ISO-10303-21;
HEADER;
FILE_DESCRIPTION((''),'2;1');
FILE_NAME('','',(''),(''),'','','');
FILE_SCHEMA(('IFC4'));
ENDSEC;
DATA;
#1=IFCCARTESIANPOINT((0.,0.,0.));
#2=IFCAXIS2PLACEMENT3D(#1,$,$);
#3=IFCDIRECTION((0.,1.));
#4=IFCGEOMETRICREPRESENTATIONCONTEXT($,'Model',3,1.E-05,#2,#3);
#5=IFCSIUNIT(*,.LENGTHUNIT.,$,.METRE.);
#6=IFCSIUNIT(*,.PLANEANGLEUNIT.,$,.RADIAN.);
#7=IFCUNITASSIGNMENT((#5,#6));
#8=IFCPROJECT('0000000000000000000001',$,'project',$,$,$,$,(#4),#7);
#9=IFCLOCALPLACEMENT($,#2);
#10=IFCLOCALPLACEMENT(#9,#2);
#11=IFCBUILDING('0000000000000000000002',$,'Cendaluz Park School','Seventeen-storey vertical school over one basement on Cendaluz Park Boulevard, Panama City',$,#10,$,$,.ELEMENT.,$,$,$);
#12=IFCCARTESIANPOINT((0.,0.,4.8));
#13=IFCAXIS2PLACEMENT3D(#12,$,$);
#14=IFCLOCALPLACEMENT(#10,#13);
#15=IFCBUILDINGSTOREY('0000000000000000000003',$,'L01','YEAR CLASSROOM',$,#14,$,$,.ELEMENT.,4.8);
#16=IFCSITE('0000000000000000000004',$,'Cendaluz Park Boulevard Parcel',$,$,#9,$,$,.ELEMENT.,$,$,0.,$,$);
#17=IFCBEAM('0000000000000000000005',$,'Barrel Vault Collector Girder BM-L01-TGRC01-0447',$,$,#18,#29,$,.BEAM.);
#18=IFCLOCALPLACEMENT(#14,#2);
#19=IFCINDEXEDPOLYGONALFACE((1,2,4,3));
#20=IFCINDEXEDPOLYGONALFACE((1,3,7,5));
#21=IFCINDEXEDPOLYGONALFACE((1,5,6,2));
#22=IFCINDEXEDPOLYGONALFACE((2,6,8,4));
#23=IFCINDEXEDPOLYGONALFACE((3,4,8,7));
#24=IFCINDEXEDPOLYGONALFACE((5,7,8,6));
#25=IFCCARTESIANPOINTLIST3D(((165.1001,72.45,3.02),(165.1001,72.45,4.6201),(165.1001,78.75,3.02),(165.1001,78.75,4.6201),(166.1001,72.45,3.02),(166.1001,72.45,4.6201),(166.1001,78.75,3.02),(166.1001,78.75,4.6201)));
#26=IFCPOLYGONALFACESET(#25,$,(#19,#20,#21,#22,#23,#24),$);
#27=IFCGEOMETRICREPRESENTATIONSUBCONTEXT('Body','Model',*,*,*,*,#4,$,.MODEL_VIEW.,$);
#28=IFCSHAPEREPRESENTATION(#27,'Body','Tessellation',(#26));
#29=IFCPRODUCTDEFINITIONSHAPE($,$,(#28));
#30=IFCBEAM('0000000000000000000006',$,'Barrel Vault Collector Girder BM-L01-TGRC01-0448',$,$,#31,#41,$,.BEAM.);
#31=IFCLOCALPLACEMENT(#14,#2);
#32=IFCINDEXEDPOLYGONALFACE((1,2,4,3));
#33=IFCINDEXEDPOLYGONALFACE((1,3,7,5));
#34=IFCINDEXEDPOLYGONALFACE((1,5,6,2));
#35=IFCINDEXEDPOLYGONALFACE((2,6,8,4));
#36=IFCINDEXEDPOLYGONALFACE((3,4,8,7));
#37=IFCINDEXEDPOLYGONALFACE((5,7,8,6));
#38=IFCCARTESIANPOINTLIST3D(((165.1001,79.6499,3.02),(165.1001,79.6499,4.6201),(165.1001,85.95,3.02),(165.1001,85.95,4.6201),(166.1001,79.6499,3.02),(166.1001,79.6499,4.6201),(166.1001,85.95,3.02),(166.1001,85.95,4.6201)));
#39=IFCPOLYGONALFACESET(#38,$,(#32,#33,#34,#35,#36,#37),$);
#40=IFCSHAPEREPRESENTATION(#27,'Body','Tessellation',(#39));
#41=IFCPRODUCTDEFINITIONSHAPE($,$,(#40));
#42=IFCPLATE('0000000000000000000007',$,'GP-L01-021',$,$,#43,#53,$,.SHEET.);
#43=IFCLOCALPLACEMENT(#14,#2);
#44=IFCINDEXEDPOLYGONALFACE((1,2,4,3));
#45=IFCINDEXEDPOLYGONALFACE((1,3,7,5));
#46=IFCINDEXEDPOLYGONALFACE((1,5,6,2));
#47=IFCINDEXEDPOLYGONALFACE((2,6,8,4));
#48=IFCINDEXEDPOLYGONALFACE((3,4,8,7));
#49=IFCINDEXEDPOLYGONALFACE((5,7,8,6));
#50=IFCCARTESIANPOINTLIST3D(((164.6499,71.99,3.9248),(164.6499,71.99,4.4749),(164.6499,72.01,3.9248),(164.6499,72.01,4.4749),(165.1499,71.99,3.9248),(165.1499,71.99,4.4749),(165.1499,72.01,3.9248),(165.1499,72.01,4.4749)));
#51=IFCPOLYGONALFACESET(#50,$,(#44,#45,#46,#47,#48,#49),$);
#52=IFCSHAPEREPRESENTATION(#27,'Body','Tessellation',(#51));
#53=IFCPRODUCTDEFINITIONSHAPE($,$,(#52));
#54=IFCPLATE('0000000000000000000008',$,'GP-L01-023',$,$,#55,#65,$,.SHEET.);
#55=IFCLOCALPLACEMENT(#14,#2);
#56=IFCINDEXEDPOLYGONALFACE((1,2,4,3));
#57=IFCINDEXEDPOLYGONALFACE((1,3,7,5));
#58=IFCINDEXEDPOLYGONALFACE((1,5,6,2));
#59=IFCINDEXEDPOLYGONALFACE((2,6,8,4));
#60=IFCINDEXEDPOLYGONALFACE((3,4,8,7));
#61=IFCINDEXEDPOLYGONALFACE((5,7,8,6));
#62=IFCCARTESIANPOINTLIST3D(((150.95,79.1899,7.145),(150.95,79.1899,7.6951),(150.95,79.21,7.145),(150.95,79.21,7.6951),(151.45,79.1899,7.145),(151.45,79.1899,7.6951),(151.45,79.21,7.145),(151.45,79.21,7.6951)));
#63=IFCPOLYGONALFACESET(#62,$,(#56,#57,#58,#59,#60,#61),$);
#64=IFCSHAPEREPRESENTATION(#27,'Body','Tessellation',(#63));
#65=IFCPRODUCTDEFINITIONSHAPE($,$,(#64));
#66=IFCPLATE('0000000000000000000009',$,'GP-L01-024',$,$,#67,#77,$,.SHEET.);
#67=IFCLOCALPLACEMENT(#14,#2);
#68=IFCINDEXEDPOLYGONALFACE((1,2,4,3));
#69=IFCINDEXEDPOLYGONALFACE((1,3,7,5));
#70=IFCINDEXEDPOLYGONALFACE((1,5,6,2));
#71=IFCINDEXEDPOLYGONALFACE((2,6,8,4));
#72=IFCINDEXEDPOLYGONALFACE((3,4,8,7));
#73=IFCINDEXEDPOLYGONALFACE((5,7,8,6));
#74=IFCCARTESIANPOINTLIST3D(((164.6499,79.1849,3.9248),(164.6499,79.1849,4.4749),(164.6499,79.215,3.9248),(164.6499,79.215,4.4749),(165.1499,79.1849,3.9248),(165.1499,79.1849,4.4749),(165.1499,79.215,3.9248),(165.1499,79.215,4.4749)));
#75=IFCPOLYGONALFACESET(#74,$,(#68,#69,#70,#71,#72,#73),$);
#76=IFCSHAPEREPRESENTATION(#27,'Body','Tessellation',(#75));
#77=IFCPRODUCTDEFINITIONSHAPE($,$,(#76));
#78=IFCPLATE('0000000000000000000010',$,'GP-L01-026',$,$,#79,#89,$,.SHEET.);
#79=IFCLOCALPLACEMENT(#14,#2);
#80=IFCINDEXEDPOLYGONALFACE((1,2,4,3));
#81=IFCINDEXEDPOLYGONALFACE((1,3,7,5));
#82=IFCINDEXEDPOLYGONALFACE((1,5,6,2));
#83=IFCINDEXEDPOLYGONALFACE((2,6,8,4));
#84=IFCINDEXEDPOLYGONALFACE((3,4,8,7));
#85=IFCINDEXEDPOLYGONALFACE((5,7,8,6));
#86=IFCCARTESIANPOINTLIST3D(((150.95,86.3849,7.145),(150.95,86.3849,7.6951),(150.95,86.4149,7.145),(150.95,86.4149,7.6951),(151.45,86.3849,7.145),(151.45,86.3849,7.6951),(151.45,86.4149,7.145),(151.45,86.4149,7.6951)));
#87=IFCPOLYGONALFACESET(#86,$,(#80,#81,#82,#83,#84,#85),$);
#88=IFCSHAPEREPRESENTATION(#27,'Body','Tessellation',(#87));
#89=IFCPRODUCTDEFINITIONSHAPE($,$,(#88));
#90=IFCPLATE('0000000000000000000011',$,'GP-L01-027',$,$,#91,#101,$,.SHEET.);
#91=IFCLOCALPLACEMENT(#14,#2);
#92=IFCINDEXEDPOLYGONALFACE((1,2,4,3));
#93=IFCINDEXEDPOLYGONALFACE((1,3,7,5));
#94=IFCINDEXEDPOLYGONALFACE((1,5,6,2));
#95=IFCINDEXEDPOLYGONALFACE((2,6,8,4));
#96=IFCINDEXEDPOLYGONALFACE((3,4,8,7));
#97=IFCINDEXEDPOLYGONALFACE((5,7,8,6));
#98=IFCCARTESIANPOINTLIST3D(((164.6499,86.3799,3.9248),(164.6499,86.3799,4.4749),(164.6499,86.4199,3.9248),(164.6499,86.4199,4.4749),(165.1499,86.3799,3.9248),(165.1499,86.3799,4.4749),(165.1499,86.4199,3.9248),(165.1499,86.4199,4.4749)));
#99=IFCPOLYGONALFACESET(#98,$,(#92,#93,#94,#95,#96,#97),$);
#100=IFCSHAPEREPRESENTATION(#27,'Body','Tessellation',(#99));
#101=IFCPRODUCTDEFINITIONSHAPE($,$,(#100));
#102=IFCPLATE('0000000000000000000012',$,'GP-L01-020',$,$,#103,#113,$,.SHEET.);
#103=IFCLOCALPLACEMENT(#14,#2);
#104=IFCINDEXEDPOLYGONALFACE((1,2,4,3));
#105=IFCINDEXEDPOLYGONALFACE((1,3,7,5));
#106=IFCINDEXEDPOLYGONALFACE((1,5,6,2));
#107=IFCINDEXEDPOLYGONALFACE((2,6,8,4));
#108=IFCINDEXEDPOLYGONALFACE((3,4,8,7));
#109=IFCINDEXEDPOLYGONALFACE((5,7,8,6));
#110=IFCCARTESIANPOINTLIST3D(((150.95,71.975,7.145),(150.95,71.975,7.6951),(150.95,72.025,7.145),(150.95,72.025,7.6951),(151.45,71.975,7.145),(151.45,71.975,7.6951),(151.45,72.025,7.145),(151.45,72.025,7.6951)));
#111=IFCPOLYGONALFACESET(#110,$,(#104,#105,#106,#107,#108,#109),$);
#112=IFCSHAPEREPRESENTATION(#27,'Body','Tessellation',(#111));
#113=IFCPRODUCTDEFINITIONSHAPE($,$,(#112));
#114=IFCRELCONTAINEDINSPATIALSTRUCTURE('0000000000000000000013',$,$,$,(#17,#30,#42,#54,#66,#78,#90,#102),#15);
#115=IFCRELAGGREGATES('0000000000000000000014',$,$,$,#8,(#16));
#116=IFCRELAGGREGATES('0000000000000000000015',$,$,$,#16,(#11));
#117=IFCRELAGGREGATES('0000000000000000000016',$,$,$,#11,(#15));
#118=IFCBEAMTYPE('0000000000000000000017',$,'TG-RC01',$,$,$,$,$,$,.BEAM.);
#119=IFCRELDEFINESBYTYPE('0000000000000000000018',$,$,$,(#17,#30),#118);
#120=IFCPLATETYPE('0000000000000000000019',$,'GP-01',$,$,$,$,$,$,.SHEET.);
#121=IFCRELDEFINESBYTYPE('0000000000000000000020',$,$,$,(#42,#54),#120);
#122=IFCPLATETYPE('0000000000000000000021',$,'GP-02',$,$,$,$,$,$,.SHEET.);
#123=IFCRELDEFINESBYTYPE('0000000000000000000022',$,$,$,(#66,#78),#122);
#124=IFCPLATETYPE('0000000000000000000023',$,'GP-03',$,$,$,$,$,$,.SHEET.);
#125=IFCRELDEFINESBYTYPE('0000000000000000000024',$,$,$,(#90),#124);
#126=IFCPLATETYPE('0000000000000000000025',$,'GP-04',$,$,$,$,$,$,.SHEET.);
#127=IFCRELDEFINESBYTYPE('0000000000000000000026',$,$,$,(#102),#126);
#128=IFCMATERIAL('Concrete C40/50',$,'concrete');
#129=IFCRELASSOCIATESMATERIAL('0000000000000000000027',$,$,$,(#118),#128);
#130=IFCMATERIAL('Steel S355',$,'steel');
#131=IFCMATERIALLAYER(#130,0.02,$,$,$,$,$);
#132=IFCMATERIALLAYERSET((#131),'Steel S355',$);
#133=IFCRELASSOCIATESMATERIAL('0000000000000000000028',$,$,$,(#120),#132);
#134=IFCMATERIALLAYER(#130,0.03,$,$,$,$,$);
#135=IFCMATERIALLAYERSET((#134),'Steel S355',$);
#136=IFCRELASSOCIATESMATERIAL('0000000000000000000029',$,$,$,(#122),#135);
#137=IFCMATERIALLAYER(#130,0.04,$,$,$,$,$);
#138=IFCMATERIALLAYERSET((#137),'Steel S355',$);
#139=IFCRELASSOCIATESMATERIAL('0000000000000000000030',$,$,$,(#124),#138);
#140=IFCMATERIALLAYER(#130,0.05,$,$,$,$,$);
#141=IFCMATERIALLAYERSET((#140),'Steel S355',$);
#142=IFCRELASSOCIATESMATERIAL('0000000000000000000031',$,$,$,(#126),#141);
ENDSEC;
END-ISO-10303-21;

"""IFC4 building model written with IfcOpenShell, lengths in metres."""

from ifc_helpers import new_model, si_unit, direction, frame, origin, origin_2d, place, context, subcontext, project, spatial, rectangle, extrude, material, layer, layer_set, material_profile, profile_set, type_object, element, save


model = new_model("IFC4")

# Units and contexts
model_context = context("Model", 3, precision=1e-05, world=origin(), true_north=direction((0.0, 1.0)))
body_context = subcontext(model_context, "Body", "Model", "MODEL_VIEW")
ifc_project = project(units=[si_unit("LENGTHUNIT", "METRE"), si_unit("PLANEANGLEUNIT", "RADIAN")], contexts=[model_context])

# Site, building, storey
site_placement = place(None, origin())
site = spatial("IfcSite", under=ifc_project, at=site_placement, Name="Cendaluz Park Boulevard Parcel", CompositionType="ELEMENT", RefElevation=0.0)
building_placement = place(site_placement, origin())
building = spatial("IfcBuilding", under=site, at=building_placement, Name="Cendaluz Park School", Description="Seventeen-storey vertical school over one basement on Cendaluz Park Boulevard, Panama City", CompositionType="ELEMENT")
storey_placement = place(building_placement, frame((0.0, 0.0, 4.8)))
storey = spatial("IfcBuildingStorey", under=building, at=storey_placement, Name="L01", Description="YEAR CLASSROOM", CompositionType="ELEMENT", Elevation=4.8)

# Shared definitions
ifc_material_1 = material(Name="Concrete C40/50", Category="concrete")

# Shared definitions
ifc_material_2 = material(Name="Steel S355", Category="steel")

# Beams
ifc_material_profile_1 = material_profile(ifc_material_1, rectangle(XDim=1.0, YDim=1.6001, at=origin_2d()), Name="RC 1000x1600", Category="concrete")
ifc_profile_set_1 = profile_set([ifc_material_profile_1], Name="Concrete C40/50")
beam_type = type_object("IfcBeamType", Name="TG-RC01", PredefinedType="BEAM", material=ifc_profile_set_1)
for number, where, z_axis, x_axis, name in (
    (1, (165.6001, 72.45, 3.8201), (0.0, 1.0, 0.0), (-1.0, 0.0, 0.0), "Barrel Vault Collector Girder BM-L01-TGRC01-0447"),
    (2, (165.6001, 79.6499, 3.8201), (0.0, 1.0, 0.0), (-1.0, 0.0, 0.0), "Barrel Vault Collector Girder BM-L01-TGRC01-0448"),
):
    element("IfcBeam", number, at=place(storey_placement, frame(where, z_axis=z_axis, x_axis=x_axis)), inside=storey, type_object=beam_type, Name=name, PredefinedType="BEAM", context=body_context, shape_type="SweptSolid", body=[
        extrude(rectangle(XDim=1.0, YDim=1.6001, at=origin_2d()), origin(), (0.0, 0.0, 1.0), 6.3),
    ])

# Plates
ifc_layer_1 = layer(ifc_material_2, 0.02)
ifc_layer_set_1 = layer_set([ifc_layer_1], Name="Steel S355")
plate_type_1 = type_object("IfcPlateType", Name="GP-01", PredefinedType="SHEET", material=ifc_layer_set_1)
for number, where, z_axis, x_axis, name in (
    (3, (164.8999, 72.0, 3.9248), (0.0, 0.0, 1.0), (1.0, 0.0, 0.0), "GP-L01-021"),
    (4, (151.2, 79.2, 7.145), (0.0, 0.0, 1.0), (1.0, 0.0, 0.0), "GP-L01-023"),
):
    element("IfcPlate", number, at=place(storey_placement, frame(where, z_axis=z_axis, x_axis=x_axis)), inside=storey, type_object=plate_type_1, Name=name, PredefinedType="SHEET", context=body_context, shape_type="SweptSolid", body=[
        extrude(rectangle(XDim=0.5, YDim=0.02, at=origin_2d()), origin(), (0.0, 0.0, 1.0), 0.55),
    ])
ifc_layer_2 = layer(ifc_material_2, 0.03)
ifc_layer_set_2 = layer_set([ifc_layer_2], Name="Steel S355")
plate_type_2 = type_object("IfcPlateType", Name="GP-02", PredefinedType="SHEET", material=ifc_layer_set_2)
for number, where, z_axis, x_axis, name in (
    (5, (164.8999, 79.2, 3.9248), (0.0, 0.0, 1.0), (1.0, 0.0, 0.0), "GP-L01-024"),
    (6, (151.2, 86.3999, 7.145), (0.0, 0.0, 1.0), (1.0, 0.0, 0.0), "GP-L01-026"),
):
    element("IfcPlate", number, at=place(storey_placement, frame(where, z_axis=z_axis, x_axis=x_axis)), inside=storey, type_object=plate_type_2, Name=name, PredefinedType="SHEET", context=body_context, shape_type="SweptSolid", body=[
        extrude(rectangle(XDim=0.5, YDim=0.03, at=origin_2d()), origin(), (0.0, 0.0, 1.0), 0.55),
    ])
ifc_layer_3 = layer(ifc_material_2, 0.04)
ifc_layer_set_3 = layer_set([ifc_layer_3], Name="Steel S355")
plate_type_3 = type_object("IfcPlateType", Name="GP-03", PredefinedType="SHEET", material=ifc_layer_set_3)
plate_1_placement = place(storey_placement, frame((164.8999, 86.3999, 3.9248), z_axis=(0.0, 0.0, 1.0), x_axis=(1.0, 0.0, 0.0)))
element("IfcPlate", 7, at=plate_1_placement, inside=storey, type_object=plate_type_3, Name="GP-L01-027", PredefinedType="SHEET", context=body_context, shape_type="SweptSolid", body=[
    extrude(rectangle(XDim=0.5, YDim=0.04, at=origin_2d()), origin(), (0.0, 0.0, 1.0), 0.55),
])
ifc_layer_4 = layer(ifc_material_2, 0.05)
ifc_layer_set_4 = layer_set([ifc_layer_4], Name="Steel S355")
plate_type_4 = type_object("IfcPlateType", Name="GP-04", PredefinedType="SHEET", material=ifc_layer_set_4)
plate_2_placement = place(storey_placement, frame((151.2, 72.0, 7.145), z_axis=(0.0, 0.0, 1.0), x_axis=(1.0, 0.0, 0.0)))
element("IfcPlate", 8, at=plate_2_placement, inside=storey, type_object=plate_type_4, Name="GP-L01-020", PredefinedType="SHEET", context=body_context, shape_type="SweptSolid", body=[
    extrude(rectangle(XDim=0.5, YDim=0.05, at=origin_2d()), origin(), (0.0, 0.0, 1.0), 0.55),
])

save(model, "model.ifc")
